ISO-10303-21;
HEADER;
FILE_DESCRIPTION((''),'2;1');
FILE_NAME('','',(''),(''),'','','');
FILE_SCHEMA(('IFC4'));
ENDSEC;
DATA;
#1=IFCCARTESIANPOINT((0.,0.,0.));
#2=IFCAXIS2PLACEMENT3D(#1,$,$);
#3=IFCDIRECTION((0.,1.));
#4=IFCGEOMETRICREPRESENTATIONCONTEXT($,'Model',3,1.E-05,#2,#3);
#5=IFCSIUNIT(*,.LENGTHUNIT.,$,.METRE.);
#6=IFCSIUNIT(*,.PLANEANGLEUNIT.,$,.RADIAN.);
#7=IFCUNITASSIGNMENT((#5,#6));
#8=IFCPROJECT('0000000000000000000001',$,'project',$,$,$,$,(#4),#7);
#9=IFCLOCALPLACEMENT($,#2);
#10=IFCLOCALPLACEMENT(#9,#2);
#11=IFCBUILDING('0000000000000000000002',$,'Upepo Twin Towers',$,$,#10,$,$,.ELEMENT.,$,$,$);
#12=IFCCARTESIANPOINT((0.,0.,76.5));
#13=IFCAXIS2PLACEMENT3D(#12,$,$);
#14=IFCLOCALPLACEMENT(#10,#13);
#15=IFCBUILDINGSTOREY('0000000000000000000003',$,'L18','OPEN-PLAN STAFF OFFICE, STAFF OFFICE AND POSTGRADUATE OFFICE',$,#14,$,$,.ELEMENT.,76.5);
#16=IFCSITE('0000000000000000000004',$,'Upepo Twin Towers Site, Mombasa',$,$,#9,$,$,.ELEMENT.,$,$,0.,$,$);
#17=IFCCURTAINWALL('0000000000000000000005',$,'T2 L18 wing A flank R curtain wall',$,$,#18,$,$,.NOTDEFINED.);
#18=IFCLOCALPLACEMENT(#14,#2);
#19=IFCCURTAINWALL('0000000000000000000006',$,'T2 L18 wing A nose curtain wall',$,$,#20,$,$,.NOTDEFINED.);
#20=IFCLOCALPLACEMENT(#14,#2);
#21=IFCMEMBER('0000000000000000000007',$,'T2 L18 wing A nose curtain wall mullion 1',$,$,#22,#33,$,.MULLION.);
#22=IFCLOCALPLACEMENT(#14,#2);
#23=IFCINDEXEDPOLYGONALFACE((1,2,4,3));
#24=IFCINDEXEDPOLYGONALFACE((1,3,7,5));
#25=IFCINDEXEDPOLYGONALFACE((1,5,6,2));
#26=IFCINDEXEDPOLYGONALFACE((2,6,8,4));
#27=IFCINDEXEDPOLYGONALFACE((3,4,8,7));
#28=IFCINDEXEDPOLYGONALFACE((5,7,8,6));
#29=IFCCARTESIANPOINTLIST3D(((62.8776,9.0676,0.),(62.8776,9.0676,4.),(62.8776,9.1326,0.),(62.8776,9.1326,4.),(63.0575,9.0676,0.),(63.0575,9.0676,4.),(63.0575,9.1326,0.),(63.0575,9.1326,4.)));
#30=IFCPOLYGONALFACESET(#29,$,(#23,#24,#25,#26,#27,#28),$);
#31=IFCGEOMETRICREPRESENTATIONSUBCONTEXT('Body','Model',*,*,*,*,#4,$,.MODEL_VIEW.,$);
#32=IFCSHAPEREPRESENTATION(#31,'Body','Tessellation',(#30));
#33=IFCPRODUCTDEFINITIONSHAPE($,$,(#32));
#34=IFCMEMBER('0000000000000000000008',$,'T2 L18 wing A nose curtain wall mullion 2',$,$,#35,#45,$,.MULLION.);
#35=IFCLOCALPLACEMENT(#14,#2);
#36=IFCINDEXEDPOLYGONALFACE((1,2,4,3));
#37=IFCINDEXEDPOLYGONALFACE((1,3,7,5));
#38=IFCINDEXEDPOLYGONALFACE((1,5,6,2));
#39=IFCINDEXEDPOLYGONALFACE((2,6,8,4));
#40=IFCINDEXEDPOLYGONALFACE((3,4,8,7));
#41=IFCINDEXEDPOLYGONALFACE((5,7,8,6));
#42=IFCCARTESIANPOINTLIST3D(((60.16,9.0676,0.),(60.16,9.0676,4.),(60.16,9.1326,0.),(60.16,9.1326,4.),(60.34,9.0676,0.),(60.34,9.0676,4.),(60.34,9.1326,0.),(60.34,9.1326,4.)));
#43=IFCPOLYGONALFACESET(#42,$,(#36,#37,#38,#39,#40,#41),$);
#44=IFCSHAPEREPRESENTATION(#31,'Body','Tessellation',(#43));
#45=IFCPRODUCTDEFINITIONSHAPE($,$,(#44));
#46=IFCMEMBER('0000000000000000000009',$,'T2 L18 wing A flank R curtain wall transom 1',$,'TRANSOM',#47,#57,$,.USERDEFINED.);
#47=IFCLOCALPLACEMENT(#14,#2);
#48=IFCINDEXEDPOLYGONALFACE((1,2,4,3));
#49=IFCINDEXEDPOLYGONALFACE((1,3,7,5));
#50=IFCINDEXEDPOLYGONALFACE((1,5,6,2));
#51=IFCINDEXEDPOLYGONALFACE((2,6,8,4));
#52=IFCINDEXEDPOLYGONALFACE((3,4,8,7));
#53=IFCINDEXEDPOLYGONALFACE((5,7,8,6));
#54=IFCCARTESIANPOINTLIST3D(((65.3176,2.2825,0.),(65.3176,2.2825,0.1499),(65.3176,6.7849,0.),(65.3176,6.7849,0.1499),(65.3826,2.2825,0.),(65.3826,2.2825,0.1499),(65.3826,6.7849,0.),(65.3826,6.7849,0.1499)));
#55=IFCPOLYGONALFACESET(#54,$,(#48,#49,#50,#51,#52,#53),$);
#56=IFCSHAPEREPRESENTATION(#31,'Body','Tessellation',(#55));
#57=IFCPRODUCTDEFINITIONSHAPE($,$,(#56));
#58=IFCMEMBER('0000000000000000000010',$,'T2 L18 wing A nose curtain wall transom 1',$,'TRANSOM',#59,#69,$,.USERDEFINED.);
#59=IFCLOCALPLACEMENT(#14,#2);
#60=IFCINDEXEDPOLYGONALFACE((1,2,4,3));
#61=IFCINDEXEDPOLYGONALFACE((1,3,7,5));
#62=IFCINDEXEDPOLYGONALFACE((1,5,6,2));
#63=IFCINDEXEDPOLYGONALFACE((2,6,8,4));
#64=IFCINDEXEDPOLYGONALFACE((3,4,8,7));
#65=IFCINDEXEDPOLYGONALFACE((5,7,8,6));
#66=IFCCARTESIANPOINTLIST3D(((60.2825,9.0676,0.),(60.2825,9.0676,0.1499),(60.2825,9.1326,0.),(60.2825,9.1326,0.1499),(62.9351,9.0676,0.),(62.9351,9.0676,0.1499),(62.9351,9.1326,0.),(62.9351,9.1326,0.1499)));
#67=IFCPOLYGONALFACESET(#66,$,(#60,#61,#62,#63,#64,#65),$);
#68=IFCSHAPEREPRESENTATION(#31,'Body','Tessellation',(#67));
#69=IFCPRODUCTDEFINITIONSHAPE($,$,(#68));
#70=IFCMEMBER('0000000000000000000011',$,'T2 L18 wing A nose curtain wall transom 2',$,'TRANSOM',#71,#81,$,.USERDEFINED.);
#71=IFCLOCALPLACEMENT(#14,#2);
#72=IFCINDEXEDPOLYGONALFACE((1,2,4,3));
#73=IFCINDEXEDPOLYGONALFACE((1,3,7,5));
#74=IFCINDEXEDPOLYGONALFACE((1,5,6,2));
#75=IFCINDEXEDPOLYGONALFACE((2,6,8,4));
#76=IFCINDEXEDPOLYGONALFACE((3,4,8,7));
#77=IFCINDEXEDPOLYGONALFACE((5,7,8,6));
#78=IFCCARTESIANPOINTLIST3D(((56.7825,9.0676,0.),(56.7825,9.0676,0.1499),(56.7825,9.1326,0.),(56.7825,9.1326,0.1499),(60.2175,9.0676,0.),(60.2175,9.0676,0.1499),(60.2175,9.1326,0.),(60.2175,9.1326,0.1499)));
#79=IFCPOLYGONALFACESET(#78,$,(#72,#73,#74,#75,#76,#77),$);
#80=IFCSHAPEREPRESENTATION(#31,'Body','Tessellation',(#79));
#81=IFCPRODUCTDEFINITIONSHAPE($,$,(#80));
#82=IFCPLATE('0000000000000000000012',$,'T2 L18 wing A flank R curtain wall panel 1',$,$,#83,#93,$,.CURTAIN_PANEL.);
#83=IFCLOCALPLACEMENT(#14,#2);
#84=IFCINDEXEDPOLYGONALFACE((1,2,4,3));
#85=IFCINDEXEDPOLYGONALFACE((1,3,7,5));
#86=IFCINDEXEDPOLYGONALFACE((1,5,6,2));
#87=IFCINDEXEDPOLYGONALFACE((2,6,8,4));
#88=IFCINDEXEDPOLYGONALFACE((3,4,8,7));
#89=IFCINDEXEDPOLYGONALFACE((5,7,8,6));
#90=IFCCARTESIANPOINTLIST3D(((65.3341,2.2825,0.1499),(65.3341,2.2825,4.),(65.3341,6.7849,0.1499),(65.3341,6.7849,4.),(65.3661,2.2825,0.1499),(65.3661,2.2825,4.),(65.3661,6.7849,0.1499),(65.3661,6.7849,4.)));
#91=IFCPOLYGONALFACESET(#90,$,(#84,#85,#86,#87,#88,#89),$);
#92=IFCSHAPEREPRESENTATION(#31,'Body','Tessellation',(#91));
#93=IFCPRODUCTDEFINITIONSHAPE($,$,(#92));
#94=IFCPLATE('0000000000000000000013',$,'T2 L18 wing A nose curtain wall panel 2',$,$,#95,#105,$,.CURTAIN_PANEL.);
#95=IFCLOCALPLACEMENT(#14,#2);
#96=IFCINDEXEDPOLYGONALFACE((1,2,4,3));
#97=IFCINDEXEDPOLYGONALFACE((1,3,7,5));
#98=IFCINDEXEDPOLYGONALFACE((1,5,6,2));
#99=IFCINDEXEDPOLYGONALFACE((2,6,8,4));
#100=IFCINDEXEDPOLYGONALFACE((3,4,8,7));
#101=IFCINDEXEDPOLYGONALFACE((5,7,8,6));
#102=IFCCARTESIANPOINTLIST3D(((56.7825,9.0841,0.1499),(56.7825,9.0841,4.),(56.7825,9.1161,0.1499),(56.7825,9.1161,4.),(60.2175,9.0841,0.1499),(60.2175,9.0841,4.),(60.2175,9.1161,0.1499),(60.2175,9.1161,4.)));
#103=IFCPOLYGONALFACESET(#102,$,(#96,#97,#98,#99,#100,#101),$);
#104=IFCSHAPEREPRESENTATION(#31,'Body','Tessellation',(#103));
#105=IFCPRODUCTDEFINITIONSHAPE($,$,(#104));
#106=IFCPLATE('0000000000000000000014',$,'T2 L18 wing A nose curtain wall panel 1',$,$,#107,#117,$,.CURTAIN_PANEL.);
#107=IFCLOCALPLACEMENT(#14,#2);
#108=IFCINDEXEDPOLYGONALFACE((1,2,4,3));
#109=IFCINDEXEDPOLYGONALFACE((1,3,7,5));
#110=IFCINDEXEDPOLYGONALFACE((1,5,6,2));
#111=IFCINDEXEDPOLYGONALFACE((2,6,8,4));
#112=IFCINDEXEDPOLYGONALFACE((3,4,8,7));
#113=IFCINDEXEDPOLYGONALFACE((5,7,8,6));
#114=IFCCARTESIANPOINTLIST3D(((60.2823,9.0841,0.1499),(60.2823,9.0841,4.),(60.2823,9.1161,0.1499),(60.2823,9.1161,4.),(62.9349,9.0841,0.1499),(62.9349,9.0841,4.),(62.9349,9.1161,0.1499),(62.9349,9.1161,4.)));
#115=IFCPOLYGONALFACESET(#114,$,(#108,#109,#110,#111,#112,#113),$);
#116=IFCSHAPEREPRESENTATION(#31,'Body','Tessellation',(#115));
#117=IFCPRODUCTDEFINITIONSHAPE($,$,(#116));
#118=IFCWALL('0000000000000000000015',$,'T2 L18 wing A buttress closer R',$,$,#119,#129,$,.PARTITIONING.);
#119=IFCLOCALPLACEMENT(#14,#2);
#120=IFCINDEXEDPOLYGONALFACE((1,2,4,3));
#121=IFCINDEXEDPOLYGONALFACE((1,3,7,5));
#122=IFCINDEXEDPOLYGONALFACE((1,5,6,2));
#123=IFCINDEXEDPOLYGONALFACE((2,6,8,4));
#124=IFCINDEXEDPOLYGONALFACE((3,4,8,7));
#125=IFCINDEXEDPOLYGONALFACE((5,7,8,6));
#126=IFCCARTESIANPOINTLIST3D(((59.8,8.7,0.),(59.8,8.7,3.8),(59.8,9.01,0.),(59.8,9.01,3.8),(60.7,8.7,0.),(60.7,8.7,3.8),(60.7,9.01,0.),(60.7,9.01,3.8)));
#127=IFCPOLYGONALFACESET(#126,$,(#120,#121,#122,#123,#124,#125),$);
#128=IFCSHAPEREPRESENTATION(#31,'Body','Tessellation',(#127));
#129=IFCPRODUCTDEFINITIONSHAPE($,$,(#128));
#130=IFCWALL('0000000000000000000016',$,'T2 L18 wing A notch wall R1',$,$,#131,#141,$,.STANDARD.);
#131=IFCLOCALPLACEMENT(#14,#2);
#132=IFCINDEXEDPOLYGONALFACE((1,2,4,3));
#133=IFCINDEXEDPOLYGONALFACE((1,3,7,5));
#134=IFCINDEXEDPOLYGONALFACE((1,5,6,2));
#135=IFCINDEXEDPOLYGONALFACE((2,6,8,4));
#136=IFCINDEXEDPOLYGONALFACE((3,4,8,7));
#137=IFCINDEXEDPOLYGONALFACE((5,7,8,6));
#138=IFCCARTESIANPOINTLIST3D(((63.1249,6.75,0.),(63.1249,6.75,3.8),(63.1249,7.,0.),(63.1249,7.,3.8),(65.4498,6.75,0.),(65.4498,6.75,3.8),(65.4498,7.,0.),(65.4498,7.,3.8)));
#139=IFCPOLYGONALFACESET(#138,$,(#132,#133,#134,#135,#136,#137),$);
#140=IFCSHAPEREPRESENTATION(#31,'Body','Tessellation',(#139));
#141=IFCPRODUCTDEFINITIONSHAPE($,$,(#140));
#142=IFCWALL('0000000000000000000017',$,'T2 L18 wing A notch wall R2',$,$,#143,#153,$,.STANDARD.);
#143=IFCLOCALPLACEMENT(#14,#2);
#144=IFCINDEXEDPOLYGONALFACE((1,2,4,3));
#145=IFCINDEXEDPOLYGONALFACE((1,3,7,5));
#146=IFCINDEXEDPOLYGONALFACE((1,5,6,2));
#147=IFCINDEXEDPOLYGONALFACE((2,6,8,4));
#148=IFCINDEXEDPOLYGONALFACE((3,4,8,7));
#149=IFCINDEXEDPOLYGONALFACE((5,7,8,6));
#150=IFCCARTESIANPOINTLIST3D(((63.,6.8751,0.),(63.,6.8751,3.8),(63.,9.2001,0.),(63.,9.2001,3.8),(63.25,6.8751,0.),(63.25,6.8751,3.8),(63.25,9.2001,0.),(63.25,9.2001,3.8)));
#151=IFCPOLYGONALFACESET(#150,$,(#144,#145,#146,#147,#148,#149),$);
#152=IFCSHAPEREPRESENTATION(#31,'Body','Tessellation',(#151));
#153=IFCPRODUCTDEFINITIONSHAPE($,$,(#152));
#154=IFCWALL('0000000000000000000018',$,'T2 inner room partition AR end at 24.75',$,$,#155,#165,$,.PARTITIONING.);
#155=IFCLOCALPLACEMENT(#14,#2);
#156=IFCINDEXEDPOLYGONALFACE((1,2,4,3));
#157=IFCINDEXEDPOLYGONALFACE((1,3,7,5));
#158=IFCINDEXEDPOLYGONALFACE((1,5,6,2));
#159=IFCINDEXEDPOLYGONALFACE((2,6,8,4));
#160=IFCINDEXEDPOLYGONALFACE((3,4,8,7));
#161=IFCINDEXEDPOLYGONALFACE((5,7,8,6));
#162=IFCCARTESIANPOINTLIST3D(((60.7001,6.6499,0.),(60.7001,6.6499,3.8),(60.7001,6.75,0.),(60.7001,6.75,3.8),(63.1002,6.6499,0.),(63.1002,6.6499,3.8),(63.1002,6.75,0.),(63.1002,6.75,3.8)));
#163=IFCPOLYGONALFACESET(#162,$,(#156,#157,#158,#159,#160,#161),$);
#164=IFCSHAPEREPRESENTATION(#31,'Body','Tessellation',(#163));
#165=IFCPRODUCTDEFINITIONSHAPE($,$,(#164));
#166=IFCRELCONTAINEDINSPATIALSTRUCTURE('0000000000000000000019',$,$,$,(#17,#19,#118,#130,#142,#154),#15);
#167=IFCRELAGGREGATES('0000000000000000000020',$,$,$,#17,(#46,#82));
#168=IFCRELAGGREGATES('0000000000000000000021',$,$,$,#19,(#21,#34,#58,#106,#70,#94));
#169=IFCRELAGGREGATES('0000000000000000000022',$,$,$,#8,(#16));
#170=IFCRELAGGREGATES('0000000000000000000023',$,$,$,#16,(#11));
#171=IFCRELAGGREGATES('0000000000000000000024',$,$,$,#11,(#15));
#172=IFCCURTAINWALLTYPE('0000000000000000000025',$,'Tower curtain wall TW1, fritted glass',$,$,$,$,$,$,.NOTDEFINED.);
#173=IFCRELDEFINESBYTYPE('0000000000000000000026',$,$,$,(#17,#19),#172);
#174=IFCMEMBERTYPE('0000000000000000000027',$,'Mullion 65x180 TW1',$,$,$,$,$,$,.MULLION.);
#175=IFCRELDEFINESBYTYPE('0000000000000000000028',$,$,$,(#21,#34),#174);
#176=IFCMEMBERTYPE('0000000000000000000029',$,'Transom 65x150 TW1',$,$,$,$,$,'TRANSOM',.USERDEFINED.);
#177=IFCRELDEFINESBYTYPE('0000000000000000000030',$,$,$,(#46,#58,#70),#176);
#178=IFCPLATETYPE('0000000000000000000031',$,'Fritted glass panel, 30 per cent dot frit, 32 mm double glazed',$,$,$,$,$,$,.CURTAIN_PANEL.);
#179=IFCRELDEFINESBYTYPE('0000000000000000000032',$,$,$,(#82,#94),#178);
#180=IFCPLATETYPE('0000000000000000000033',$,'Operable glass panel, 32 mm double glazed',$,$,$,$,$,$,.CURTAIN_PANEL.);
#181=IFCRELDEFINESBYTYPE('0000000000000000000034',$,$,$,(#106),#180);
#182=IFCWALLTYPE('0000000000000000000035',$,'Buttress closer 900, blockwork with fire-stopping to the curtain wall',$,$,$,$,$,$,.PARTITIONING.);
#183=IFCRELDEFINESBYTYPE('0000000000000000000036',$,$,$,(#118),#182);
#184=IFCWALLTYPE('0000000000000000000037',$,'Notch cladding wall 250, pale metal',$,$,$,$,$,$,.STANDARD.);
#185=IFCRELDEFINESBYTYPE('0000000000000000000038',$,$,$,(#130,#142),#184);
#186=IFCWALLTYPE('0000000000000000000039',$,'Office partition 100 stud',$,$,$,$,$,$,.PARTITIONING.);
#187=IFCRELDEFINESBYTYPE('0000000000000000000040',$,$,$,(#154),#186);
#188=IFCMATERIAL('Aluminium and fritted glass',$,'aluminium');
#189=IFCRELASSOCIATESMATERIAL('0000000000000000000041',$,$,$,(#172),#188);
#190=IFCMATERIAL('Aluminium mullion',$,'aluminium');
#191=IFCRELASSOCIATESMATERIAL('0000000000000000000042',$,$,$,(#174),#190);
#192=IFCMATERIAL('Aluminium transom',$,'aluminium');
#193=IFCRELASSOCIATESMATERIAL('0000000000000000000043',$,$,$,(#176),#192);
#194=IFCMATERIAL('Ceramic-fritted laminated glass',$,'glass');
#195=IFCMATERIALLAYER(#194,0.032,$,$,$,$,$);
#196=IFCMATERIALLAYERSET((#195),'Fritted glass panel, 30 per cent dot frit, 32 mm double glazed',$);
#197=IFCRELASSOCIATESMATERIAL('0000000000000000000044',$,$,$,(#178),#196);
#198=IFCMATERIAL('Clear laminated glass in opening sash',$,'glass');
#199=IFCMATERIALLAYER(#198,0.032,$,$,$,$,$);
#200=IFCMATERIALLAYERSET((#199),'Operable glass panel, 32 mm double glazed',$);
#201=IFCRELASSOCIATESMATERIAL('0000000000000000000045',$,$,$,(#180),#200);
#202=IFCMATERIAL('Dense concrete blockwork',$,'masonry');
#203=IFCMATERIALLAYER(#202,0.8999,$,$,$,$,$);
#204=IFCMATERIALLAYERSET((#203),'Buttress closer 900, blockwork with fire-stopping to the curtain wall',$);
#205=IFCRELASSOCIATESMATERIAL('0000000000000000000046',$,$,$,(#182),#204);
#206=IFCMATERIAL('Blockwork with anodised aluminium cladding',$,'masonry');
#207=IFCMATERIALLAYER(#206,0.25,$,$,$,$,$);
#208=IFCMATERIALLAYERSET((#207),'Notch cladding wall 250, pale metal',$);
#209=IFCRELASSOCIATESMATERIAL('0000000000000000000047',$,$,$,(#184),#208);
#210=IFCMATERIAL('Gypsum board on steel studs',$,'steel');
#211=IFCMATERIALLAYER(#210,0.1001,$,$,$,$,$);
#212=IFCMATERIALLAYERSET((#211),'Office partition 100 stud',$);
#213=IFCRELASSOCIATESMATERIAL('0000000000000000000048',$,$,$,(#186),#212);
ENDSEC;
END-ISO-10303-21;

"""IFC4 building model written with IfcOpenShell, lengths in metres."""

from ifc_helpers import new_model, si_unit, direction, frame, frame_2d, origin, origin_2d, place, context, subcontext, project, spatial, rectangle, extrude, material, layer, layer_set, material_profile, profile_set, type_object, element, aggregate, save


model = new_model("IFC4")

# Units and contexts
model_context = context("Model", 3, precision=1e-05, world=origin(), true_north=direction((0.0, 1.0)))
body_context = subcontext(model_context, "Body", "Model", "MODEL_VIEW")
ifc_project = project(units=[si_unit("LENGTHUNIT", "METRE"), si_unit("PLANEANGLEUNIT", "RADIAN")], contexts=[model_context])

# Site, building, storey
site_placement = place(None, origin())
site = spatial("IfcSite", under=ifc_project, at=site_placement, Name="Upepo Twin Towers Site, Mombasa", CompositionType="ELEMENT", RefElevation=0.0)
building_placement = place(site_placement, origin())
building = spatial("IfcBuilding", under=site, at=building_placement, Name="Upepo Twin Towers", CompositionType="ELEMENT")
storey_placement = place(building_placement, frame((0.0, 0.0, 76.5)))
storey = spatial("IfcBuildingStorey", under=building, at=storey_placement, Name="L18", Description="OPEN-PLAN STAFF OFFICE, STAFF OFFICE AND POSTGRADUATE OFFICE", CompositionType="ELEMENT", Elevation=76.5)

# Curtain wall
ifc_material_1 = material(Name="Aluminium and fritted glass", Category="aluminium")
curtain_wall_type = type_object("IfcCurtainWallType", Name="Tower curtain wall TW1, fritted glass", PredefinedType="NOTDEFINED", material=ifc_material_1)
curtain_wall_1_placement = place(storey_placement, origin())
curtain_wall_1 = element("IfcCurtainWall", 1, at=curtain_wall_1_placement, inside=storey, type_object=curtain_wall_type, Name="T2 L18 wing A flank R curtain wall", PredefinedType="NOTDEFINED")
ifc_material_2 = material(Name="Aluminium mullion", Category="aluminium")
ifc_material_profile_1 = material_profile(ifc_material_2, rectangle(XDim=0.0649, YDim=0.1799, at=origin_2d()), Name="MULLION 65x180")
ifc_profile_set_1 = profile_set([ifc_material_profile_1], Name="Aluminium mullion")
member_type_1 = type_object("IfcMemberType", Name="Mullion 65x180 TW1", PredefinedType="MULLION", material=ifc_profile_set_1)

# Curtain wall, members
curtain_wall_2_placement = place(storey_placement, origin())
curtain_wall_2 = element("IfcCurtainWall", 2, at=curtain_wall_2_placement, inside=storey, type_object=curtain_wall_type, Name="T2 L18 wing A nose curtain wall", PredefinedType="NOTDEFINED")
member_1_placement = place(storey_placement, frame((62.9675, 9.1001, 0.0), z_axis=(0.0, 0.0, 1.0), x_axis=(0.0, -1.0, 0.0)))
member_1 = element("IfcMember", 3, at=member_1_placement, type_object=member_type_1, Name="T2 L18 wing A nose curtain wall mullion 1", PredefinedType="MULLION", context=body_context, shape_type="SweptSolid", body=[
    extrude(rectangle(XDim=0.0649, YDim=0.1799, at=origin_2d()), origin(), (0.0, 0.0, 1.0), 4.0),
])
member_2_placement = place(storey_placement, frame((60.25, 9.1001, 0.0), z_axis=(0.0, 0.0, 1.0), x_axis=(0.0, -1.0, 0.0)))
member_2 = element("IfcMember", 4, at=member_2_placement, type_object=member_type_1, Name="T2 L18 wing A nose curtain wall mullion 2", PredefinedType="MULLION", context=body_context, shape_type="SweptSolid", body=[
    extrude(rectangle(XDim=0.0649, YDim=0.1799, at=origin_2d()), origin(), (0.0, 0.0, 1.0), 4.0),
])

# Members
ifc_material_3 = material(Name="Aluminium transom", Category="aluminium")
ifc_material_profile_2 = material_profile(ifc_material_3, rectangle(XDim=0.0649, YDim=0.1499, at=origin_2d()), Name="TRANSOM 65x150")
ifc_profile_set_2 = profile_set([ifc_material_profile_2], Name="Aluminium transom")
member_type_2 = type_object("IfcMemberType", Name="Transom 65x150 TW1", ElementType="TRANSOM", PredefinedType="USERDEFINED", material=ifc_profile_set_2)
member_3_placement = place(storey_placement, frame((65.3501, 6.7849, 0.075), z_axis=(0.0, -1.0, 0.0), x_axis=(1.0, 0.0, 0.0)))
member_3 = element("IfcMember", 5, at=member_3_placement, type_object=member_type_2, Name="T2 L18 wing A flank R curtain wall transom 1", ObjectType="TRANSOM", PredefinedType="USERDEFINED", context=body_context, shape_type="SweptSolid", body=[
    extrude(rectangle(XDim=0.0649, YDim=0.1499, at=origin_2d()), origin(), (0.0, 0.0, 1.0), 4.5024),
])
member_4_placement = place(storey_placement, frame((62.9351, 9.1001, 0.075), z_axis=(-1.0, 0.0, 0.0), x_axis=(0.0, -1.0, 0.0)))
member_4 = element("IfcMember", 6, at=member_4_placement, type_object=member_type_2, Name="T2 L18 wing A nose curtain wall transom 1", ObjectType="TRANSOM", PredefinedType="USERDEFINED", context=body_context, shape_type="SweptSolid", body=[
    extrude(rectangle(XDim=0.0649, YDim=0.1499, at=origin_2d()), origin(), (0.0, 0.0, 1.0), 2.6526),
])
member_5_placement = place(storey_placement, frame((60.2175, 9.1001, 0.075), z_axis=(-1.0, 0.0, 0.0), x_axis=(0.0, -1.0, 0.0)))
member_5 = element("IfcMember", 7, at=member_5_placement, type_object=member_type_2, Name="T2 L18 wing A nose curtain wall transom 2", ObjectType="TRANSOM", PredefinedType="USERDEFINED", context=body_context, shape_type="SweptSolid", body=[
    extrude(rectangle(XDim=0.0649, YDim=0.1499, at=origin_2d()), origin(), (0.0, 0.0, 1.0), 3.4351),
])

# Plates
ifc_material_4 = material(Name="Ceramic-fritted laminated glass", Category="glass")
ifc_layer_1 = layer(ifc_material_4, 0.032)
ifc_layer_set_1 = layer_set([ifc_layer_1], Name="Fritted glass panel, 30 per cent dot frit, 32 mm double glazed")
plate_type_1 = type_object("IfcPlateType", Name="Fritted glass panel, 30 per cent dot frit, 32 mm double glazed", PredefinedType="CURTAIN_PANEL", material=ifc_layer_set_1)
plate_1_placement = place(storey_placement, frame((65.3501, 4.5337, 0.1499), z_axis=(0.0, 0.0, 1.0), x_axis=(0.0, -1.0, 0.0)))
plate_1 = element("IfcPlate", 8, at=plate_1_placement, type_object=plate_type_1, Name="T2 L18 wing A flank R curtain wall panel 1", PredefinedType="CURTAIN_PANEL", context=body_context, shape_type="SweptSolid", body=[
    extrude(rectangle(XDim=4.5024, YDim=0.032, at=origin_2d()), origin(), (0.0, 0.0, 1.0), 3.8501),
])
aggregate(curtain_wall_1, [member_3, plate_1])
plate_2_placement = place(storey_placement, frame((58.5, 9.1001, 0.1499), z_axis=(0.0, 0.0, 1.0), x_axis=(-1.0, 0.0, 0.0)))
plate_2 = element("IfcPlate", 9, at=plate_2_placement, type_object=plate_type_1, Name="T2 L18 wing A nose curtain wall panel 2", PredefinedType="CURTAIN_PANEL", context=body_context, shape_type="SweptSolid", body=[
    extrude(rectangle(XDim=3.4351, YDim=0.032, at=origin_2d()), origin(), (0.0, 0.0, 1.0), 3.8501),
])
ifc_material_5 = material(Name="Clear laminated glass in opening sash", Category="glass")
ifc_layer_2 = layer(ifc_material_5, 0.032)
ifc_layer_set_2 = layer_set([ifc_layer_2], Name="Operable glass panel, 32 mm double glazed")
plate_type_2 = type_object("IfcPlateType", Name="Operable glass panel, 32 mm double glazed", PredefinedType="CURTAIN_PANEL", material=ifc_layer_set_2)
plate_3_placement = place(storey_placement, frame((61.6086, 9.1001, 0.1499), z_axis=(0.0, 0.0, 1.0), x_axis=(-1.0, 0.0, 0.0)))
plate_3 = element("IfcPlate", 10, at=plate_3_placement, type_object=plate_type_2, Name="T2 L18 wing A nose curtain wall panel 1", PredefinedType="CURTAIN_PANEL", context=body_context, shape_type="SweptSolid", body=[
    extrude(rectangle(XDim=2.6526, YDim=0.032, at=origin_2d()), origin(), (0.0, 0.0, 1.0), 3.8501),
])
aggregate(curtain_wall_2, [member_1, member_2, member_4, plate_3, member_5, plate_2])

# Walls
ifc_material_6 = material(Name="Dense concrete blockwork", Category="masonry")
ifc_layer_3 = layer(ifc_material_6, 0.8999)
ifc_layer_set_3 = layer_set([ifc_layer_3], Name="Buttress closer 900, blockwork with fire-stopping to the curtain wall")
wall_type_1 = type_object("IfcWallType", Name="Buttress closer 900, blockwork with fire-stopping to the curtain wall", PredefinedType="PARTITIONING", material=ifc_layer_set_3)
wall_1_placement = place(storey_placement, frame((60.25, 8.7, 0.0), z_axis=(0.0, 0.0, 1.0), x_axis=(0.0, 1.0, 0.0)))
element("IfcWall", 11, at=wall_1_placement, inside=storey, type_object=wall_type_1, Name="T2 L18 wing A buttress closer R", PredefinedType="PARTITIONING", context=body_context, shape_type="SweptSolid", body=[
    extrude(rectangle(XDim=0.3101, YDim=0.8999, at=frame_2d((0.155, 0.0))), origin(), (0.0, 0.0, 1.0), 3.8),
])
ifc_material_7 = material(Name="Blockwork with anodised aluminium cladding", Category="masonry")
ifc_layer_4 = layer(ifc_material_7, 0.25)
ifc_layer_set_4 = layer_set([ifc_layer_4], Name="Notch cladding wall 250, pale metal")
wall_type_2 = type_object("IfcWallType", Name="Notch cladding wall 250, pale metal", PredefinedType="STANDARD", material=ifc_layer_set_4)
for number, where, z_axis, x_axis, name in (
    (12, (65.45, 6.875, 0.0), (0.0, 0.0, 1.0), (-1.0, 0.0, 0.0), "T2 L18 wing A notch wall R1"),
    (13, (63.125, 6.875, 0.0), (0.0, 0.0, 1.0), (0.0, 1.0, 0.0), "T2 L18 wing A notch wall R2"),
):
    element("IfcWall", number, at=place(storey_placement, frame(where, z_axis=z_axis, x_axis=x_axis)), inside=storey, type_object=wall_type_2, Name=name, PredefinedType="STANDARD", context=body_context, shape_type="SweptSolid", body=[
        extrude(rectangle(XDim=2.325, YDim=0.25, at=frame_2d((1.1626, 0.0))), origin(), (0.0, 0.0, 1.0), 3.8),
    ])
ifc_material_8 = material(Name="Gypsum board on steel studs", Category="steel")
ifc_layer_5 = layer(ifc_material_8, 0.1001)
ifc_layer_set_5 = layer_set([ifc_layer_5], Name="Office partition 100 stud")
wall_type_3 = type_object("IfcWallType", Name="Office partition 100 stud", PredefinedType="PARTITIONING", material=ifc_layer_set_5)
wall_2_placement = place(storey_placement, frame((60.7, 6.7, 0.0), z_axis=(0.0, 0.0, 1.0), x_axis=(1.0, 0.0, 0.0)))
element("IfcWall", 14, at=wall_2_placement, inside=storey, type_object=wall_type_3, Name="T2 inner room partition AR end at 24.75", PredefinedType="PARTITIONING", context=body_context, shape_type="SweptSolid", body=[
    extrude(rectangle(XDim=2.4001, YDim=0.1001, at=frame_2d((1.2002, 0.0))), origin(), (0.0, 0.0, 1.0), 3.8),
])

save(model, "model.ifc")
